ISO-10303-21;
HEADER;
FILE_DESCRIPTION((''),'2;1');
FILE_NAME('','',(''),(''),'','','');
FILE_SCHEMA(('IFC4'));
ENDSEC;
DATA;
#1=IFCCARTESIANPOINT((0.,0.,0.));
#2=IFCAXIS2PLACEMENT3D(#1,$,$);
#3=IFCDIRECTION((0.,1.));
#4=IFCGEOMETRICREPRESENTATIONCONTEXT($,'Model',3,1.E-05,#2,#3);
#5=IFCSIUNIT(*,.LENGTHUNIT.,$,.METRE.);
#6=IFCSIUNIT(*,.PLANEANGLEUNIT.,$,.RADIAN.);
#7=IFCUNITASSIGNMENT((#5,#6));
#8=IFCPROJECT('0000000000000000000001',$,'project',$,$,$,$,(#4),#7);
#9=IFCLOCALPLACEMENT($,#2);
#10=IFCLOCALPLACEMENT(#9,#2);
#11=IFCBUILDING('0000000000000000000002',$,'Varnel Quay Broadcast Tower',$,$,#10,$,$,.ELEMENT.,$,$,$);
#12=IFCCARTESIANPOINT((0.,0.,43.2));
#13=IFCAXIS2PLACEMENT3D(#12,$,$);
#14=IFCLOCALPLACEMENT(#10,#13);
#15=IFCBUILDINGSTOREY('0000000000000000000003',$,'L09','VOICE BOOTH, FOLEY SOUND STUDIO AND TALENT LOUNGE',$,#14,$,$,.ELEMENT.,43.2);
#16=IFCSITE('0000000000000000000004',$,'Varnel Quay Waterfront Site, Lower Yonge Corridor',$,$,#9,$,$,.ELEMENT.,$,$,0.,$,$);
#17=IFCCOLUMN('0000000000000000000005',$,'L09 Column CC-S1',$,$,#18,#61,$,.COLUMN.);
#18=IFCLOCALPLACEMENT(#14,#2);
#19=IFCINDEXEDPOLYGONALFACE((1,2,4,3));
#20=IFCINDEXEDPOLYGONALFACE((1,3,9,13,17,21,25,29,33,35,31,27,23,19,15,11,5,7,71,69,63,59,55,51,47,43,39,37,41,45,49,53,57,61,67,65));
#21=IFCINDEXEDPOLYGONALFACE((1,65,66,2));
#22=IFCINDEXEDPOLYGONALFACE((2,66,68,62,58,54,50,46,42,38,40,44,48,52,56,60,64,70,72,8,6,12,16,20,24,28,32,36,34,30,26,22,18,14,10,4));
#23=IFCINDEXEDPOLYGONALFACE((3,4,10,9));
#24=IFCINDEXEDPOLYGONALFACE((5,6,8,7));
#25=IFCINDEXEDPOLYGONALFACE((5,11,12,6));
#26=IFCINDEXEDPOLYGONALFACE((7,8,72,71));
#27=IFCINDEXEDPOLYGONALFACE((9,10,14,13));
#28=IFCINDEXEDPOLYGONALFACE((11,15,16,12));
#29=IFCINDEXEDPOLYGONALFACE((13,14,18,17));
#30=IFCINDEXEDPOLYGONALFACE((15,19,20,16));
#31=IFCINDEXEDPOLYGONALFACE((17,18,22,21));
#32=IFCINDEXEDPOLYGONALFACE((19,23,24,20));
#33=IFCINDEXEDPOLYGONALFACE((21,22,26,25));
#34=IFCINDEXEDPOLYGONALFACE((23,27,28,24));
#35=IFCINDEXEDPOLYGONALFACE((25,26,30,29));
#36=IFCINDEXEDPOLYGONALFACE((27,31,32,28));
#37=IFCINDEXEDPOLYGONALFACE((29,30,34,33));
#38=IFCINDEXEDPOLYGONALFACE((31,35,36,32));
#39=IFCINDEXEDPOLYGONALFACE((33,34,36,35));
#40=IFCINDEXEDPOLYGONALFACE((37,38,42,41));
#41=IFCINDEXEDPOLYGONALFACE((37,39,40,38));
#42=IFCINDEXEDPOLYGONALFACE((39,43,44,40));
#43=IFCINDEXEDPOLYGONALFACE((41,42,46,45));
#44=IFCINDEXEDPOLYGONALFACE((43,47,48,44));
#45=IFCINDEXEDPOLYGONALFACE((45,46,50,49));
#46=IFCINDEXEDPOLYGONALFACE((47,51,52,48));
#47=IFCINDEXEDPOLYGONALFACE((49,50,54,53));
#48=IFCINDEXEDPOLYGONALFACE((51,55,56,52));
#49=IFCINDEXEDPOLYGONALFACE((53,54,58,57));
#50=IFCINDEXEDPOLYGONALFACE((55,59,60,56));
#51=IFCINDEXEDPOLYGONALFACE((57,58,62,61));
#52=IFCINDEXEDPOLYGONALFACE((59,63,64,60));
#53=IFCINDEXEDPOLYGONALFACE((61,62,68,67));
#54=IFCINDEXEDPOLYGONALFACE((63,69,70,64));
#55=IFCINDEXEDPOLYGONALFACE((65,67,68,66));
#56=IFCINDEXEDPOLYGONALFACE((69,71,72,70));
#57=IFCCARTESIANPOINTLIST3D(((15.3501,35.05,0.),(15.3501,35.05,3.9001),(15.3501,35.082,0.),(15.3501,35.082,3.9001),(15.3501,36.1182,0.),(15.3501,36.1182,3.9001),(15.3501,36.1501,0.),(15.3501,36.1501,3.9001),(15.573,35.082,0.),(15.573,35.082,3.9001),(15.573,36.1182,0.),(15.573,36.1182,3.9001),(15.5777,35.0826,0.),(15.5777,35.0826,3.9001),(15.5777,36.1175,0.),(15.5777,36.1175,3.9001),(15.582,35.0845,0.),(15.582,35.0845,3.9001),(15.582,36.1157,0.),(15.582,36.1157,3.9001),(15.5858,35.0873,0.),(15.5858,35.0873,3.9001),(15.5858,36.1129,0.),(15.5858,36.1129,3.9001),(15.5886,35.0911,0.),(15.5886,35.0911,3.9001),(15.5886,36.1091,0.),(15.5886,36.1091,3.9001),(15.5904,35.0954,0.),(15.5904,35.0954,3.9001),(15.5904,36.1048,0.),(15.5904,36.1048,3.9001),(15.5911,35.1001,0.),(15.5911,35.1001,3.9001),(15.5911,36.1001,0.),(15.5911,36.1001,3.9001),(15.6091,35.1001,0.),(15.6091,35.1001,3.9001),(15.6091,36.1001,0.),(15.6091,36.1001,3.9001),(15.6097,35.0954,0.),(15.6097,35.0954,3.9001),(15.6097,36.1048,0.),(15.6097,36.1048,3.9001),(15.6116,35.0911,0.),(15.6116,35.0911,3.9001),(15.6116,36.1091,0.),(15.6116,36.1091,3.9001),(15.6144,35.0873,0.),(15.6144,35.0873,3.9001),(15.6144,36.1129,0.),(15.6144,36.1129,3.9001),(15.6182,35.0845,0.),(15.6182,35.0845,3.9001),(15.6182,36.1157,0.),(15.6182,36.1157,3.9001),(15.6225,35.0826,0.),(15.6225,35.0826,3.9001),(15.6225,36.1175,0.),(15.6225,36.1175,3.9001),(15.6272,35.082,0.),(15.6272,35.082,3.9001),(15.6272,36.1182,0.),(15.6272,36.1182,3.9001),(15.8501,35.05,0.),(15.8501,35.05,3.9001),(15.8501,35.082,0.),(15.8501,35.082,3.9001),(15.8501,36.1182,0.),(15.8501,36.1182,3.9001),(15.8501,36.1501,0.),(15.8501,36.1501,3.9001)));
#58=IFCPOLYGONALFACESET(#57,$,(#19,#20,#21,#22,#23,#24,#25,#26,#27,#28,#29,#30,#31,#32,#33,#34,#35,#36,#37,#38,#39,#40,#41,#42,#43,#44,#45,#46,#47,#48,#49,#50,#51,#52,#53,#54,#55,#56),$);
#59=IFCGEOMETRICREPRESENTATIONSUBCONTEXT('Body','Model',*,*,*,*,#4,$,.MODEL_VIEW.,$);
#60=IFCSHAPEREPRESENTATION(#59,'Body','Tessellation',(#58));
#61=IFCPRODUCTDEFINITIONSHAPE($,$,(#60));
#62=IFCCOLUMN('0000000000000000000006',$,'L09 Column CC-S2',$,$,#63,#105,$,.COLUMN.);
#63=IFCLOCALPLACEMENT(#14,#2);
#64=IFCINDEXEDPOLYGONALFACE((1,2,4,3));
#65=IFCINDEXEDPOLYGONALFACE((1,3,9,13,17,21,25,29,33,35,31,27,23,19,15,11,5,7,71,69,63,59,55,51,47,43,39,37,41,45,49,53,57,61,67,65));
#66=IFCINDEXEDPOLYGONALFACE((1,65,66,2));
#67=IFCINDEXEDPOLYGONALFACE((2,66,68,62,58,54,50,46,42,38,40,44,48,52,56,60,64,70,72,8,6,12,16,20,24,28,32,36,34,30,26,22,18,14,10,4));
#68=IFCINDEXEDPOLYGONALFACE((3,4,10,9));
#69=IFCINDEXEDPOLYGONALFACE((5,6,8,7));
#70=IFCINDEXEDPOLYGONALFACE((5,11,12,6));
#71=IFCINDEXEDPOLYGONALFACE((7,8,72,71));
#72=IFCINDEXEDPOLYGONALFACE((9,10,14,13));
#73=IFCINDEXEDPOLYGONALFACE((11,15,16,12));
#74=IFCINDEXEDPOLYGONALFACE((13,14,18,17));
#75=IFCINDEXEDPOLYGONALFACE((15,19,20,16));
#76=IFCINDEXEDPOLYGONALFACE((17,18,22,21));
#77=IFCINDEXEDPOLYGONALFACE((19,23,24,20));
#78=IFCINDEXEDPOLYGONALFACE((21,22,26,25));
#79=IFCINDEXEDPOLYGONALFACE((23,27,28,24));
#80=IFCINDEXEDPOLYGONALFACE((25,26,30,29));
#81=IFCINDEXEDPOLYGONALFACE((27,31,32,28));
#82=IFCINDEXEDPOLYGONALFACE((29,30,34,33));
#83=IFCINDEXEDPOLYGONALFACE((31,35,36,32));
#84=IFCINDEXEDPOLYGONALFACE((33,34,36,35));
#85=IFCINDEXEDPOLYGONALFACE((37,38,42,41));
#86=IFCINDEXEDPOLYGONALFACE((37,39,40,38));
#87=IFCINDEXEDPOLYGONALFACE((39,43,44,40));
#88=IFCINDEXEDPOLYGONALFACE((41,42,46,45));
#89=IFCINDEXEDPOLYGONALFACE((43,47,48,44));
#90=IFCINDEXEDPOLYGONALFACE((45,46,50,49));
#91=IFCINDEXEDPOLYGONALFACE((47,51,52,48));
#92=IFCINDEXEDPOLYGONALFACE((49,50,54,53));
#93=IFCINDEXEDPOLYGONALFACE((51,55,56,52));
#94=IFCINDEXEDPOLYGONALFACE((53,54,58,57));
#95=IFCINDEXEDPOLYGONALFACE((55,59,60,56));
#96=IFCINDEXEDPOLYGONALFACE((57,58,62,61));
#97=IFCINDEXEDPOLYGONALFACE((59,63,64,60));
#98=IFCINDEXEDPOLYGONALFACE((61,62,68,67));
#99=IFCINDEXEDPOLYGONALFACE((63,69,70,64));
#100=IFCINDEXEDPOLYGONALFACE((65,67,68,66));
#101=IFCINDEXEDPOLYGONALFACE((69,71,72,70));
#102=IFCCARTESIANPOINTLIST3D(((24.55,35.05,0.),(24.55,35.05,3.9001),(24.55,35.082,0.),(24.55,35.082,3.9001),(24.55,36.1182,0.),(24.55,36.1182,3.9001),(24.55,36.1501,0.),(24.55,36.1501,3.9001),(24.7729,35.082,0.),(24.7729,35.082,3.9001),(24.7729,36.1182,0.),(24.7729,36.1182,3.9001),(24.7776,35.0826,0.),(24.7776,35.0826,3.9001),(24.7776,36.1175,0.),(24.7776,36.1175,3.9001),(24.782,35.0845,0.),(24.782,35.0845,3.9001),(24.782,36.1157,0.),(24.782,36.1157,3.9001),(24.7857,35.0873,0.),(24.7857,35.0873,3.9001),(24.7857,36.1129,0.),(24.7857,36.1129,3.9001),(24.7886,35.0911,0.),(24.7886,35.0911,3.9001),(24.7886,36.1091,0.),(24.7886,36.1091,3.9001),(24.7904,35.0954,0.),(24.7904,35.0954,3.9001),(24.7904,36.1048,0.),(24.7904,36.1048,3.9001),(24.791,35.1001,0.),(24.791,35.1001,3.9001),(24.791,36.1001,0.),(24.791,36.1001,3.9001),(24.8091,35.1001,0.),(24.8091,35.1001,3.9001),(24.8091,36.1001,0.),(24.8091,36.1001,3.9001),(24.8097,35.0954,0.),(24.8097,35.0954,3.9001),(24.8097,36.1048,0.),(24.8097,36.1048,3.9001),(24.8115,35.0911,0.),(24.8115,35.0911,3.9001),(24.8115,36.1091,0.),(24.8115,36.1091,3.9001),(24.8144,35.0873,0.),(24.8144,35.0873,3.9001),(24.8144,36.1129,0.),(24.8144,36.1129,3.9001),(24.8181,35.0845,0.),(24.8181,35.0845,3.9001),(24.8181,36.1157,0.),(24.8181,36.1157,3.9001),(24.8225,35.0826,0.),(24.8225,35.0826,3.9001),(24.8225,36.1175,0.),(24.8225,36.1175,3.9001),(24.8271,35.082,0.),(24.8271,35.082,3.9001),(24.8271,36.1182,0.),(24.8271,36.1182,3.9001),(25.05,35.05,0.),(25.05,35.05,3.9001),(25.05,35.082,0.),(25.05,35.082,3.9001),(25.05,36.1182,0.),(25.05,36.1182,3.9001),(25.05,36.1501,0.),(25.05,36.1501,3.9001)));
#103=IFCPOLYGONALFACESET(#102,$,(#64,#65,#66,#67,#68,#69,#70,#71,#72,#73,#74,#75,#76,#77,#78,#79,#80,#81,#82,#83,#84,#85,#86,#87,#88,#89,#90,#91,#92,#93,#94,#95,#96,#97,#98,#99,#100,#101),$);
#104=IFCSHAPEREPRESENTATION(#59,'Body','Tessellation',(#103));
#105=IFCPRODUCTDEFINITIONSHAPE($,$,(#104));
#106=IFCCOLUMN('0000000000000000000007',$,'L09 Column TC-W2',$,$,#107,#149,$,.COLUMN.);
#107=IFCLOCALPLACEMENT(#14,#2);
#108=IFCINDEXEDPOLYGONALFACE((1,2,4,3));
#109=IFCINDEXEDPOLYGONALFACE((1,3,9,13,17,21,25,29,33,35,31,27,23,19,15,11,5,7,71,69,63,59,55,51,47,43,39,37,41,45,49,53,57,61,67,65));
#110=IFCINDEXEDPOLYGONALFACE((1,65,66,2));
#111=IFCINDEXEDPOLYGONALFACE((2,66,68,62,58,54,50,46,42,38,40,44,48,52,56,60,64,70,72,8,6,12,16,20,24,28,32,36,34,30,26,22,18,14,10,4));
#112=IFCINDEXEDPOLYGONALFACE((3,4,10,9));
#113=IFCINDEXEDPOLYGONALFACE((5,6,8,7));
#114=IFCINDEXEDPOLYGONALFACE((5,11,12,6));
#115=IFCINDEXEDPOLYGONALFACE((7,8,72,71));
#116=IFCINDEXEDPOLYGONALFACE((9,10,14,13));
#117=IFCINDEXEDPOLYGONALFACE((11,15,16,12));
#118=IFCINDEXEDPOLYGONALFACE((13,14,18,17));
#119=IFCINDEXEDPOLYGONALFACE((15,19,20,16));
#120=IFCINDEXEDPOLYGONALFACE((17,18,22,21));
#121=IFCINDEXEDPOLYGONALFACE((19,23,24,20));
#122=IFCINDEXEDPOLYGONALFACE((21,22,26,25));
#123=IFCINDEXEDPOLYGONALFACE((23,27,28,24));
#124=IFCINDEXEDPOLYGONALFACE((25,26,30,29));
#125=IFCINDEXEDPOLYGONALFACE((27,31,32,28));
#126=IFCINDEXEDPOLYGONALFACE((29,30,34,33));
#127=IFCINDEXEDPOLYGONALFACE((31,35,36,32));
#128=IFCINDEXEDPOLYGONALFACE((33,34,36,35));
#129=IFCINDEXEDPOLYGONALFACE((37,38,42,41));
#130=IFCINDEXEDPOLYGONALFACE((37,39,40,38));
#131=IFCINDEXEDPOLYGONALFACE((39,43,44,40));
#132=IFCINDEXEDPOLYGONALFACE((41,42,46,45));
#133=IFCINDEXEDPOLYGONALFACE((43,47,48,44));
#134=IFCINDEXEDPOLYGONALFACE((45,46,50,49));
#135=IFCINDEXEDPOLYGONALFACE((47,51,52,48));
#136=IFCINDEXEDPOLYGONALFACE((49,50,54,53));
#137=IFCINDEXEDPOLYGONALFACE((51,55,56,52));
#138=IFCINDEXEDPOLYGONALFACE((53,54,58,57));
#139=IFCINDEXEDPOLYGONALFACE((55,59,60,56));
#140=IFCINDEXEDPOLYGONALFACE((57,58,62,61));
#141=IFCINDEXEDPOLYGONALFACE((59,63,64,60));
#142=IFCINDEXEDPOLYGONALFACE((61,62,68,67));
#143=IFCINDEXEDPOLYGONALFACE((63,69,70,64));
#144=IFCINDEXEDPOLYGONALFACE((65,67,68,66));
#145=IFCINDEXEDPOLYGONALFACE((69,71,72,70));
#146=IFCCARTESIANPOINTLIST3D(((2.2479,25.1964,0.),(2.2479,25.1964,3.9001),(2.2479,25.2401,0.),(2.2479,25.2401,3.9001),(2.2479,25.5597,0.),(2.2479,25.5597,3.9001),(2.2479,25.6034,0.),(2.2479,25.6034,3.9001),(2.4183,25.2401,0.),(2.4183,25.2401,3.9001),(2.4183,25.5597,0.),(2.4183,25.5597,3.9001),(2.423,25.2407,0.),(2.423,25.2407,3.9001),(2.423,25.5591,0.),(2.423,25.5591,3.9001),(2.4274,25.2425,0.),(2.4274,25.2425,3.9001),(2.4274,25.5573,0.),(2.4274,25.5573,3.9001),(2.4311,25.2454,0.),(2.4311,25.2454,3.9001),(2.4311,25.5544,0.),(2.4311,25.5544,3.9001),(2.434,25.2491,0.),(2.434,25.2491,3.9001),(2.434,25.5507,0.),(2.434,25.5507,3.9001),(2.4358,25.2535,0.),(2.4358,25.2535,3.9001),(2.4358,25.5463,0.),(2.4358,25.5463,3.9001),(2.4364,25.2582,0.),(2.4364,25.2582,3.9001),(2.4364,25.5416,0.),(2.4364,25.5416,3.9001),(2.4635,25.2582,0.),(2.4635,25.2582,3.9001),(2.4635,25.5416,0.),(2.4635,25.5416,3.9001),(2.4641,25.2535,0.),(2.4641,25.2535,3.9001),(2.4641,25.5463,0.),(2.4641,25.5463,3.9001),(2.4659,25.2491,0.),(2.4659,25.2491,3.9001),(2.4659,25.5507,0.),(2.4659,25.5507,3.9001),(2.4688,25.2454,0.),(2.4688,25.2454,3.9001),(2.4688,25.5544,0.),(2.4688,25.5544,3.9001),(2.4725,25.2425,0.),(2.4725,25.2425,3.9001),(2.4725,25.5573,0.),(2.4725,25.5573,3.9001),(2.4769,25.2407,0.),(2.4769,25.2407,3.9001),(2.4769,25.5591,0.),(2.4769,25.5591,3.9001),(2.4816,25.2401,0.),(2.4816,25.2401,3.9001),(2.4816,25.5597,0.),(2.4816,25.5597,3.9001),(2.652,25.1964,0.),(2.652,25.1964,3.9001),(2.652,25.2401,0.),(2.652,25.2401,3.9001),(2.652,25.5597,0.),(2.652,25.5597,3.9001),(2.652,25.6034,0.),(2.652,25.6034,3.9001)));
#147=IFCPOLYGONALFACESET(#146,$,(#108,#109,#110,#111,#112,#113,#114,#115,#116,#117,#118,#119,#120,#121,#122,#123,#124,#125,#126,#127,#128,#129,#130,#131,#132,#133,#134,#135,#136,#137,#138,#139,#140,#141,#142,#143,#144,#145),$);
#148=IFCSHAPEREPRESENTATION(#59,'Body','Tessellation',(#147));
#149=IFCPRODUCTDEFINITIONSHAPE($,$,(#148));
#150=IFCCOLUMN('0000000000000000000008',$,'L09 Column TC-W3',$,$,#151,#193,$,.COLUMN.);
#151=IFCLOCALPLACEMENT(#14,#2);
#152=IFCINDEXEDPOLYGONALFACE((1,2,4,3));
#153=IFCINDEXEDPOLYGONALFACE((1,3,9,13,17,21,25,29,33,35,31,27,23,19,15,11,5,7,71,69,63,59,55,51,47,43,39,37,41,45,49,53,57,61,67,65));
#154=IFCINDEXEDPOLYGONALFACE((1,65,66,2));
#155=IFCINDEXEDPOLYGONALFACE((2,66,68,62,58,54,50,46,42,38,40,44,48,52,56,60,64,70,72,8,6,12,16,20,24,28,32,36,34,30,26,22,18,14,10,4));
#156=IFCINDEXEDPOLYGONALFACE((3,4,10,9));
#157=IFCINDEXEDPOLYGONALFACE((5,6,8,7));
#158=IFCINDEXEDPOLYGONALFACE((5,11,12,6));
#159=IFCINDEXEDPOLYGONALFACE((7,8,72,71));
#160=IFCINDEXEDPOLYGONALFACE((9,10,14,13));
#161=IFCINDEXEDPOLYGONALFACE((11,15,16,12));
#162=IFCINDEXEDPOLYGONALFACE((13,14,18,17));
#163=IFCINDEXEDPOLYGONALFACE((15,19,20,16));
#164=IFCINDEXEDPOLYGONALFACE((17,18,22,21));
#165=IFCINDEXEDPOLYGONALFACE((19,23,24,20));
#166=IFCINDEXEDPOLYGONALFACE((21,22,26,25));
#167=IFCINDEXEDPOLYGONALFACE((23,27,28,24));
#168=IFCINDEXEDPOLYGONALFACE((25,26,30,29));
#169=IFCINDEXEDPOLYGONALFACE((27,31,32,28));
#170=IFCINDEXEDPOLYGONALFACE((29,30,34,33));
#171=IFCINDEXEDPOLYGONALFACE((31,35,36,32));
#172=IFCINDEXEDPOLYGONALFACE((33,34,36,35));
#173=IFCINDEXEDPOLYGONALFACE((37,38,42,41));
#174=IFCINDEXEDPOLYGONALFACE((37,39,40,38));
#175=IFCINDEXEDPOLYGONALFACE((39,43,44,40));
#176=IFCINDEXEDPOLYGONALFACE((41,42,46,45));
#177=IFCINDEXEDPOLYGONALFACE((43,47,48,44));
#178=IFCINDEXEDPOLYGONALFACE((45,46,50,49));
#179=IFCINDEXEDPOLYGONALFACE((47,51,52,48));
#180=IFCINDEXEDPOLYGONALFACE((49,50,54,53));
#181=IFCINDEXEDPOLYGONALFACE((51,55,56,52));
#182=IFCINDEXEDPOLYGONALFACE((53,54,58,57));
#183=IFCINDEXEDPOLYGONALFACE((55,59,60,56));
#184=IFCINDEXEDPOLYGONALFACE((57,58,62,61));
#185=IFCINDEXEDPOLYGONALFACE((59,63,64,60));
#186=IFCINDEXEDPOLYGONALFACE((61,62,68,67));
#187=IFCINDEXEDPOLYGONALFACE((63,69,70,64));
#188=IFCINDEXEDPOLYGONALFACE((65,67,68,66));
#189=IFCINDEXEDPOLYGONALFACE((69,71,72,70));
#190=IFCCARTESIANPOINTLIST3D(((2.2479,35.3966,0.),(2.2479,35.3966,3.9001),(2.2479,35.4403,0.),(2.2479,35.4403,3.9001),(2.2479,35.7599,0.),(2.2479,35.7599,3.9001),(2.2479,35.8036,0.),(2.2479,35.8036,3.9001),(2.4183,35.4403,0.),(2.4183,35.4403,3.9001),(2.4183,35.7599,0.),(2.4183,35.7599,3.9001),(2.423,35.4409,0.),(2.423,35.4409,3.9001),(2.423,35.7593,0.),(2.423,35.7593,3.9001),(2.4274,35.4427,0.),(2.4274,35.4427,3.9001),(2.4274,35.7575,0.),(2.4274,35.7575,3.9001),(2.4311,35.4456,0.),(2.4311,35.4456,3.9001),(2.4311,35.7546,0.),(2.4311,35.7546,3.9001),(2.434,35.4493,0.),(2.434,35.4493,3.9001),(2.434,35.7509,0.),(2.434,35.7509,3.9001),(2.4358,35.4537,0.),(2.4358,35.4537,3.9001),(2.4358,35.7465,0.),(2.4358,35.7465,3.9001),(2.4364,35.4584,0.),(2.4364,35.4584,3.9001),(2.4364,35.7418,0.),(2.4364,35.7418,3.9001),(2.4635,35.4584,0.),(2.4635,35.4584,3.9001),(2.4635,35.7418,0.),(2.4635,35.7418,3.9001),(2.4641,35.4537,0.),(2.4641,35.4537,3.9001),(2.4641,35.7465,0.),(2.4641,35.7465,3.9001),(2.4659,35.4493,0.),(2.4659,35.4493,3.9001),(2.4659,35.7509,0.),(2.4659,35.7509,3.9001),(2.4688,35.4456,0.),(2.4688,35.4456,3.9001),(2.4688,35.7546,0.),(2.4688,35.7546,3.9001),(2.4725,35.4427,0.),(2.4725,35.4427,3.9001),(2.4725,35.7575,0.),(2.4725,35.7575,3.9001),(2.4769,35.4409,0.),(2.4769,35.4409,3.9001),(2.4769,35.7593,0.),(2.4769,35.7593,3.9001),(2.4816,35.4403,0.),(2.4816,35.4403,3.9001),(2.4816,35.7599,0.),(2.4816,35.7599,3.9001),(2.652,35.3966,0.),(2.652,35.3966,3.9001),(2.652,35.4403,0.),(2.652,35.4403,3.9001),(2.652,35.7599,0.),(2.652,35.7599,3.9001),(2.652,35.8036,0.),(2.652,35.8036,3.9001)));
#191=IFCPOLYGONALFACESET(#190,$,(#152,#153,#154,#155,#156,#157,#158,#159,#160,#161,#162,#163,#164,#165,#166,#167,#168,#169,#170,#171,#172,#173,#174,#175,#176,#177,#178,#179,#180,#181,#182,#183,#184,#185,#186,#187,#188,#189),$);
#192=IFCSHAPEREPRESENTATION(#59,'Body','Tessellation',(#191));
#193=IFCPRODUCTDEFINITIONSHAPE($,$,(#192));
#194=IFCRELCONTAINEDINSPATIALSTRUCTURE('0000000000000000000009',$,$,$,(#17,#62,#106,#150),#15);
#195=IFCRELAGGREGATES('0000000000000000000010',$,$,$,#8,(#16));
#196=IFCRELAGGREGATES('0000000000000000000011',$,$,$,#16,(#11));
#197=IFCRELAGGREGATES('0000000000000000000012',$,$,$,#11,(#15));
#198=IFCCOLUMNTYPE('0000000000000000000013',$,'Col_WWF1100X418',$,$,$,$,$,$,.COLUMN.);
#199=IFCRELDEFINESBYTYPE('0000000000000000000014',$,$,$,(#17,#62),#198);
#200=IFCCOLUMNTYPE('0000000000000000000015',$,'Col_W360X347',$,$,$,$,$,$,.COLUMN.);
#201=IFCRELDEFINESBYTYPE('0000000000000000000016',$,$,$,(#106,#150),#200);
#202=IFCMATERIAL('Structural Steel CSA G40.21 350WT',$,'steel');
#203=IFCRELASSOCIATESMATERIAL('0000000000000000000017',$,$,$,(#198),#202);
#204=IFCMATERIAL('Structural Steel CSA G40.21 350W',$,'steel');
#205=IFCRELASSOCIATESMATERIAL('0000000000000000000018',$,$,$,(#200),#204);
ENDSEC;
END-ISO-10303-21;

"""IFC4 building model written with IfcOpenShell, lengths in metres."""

from ifc_helpers import new_model, si_unit, direction, frame, origin, origin_2d, place, context, subcontext, project, spatial, i_section, extrude, source, transform, mapped, material, material_profile, profile_set, type_object, type_shapes, element, save


model = new_model("IFC4")

# Units and contexts
model_context = context("Model", 3, precision=1e-05, world=origin(), true_north=direction((0.0, 1.0)))
body_context = subcontext(model_context, "Body", "Model", "MODEL_VIEW")
ifc_project = project(units=[si_unit("LENGTHUNIT", "METRE"), si_unit("PLANEANGLEUNIT", "RADIAN")], contexts=[model_context])

# Site, building, storey
site_placement = place(None, origin())
site = spatial("IfcSite", under=ifc_project, at=site_placement, Name="Varnel Quay Waterfront Site, Lower Yonge Corridor", CompositionType="ELEMENT", RefElevation=0.0)
building_placement = place(site_placement, origin())
building = spatial("IfcBuilding", under=site, at=building_placement, Name="Varnel Quay Broadcast Tower", CompositionType="ELEMENT")
storey_placement = place(building_placement, frame((0.0, 0.0, 43.2)))
storey = spatial("IfcBuildingStorey", under=building, at=storey_placement, Name="L09", Description="VOICE BOOTH, FOLEY SOUND STUDIO AND TALENT LOUNGE", CompositionType="ELEMENT", Elevation=43.2)

# Columns
ifc_material_1 = material(Name="Structural Steel CSA G40.21 350WT", Category="steel")
ifc_material_profile_1 = material_profile(ifc_material_1, i_section(OverallWidth=0.5, OverallDepth=1.1001, WebThickness=0.0181, FlangeThickness=0.032, FilletRadius=0.0181, at=origin_2d()), Name="WWF1100X418")
ifc_profile_set_1 = profile_set([ifc_material_profile_1], Name="Structural Steel CSA G40.21 350WT")
column_type_1 = type_object("IfcColumnType", Name="Col_WWF1100X418", PredefinedType="COLUMN", material=ifc_profile_set_1)
shared_shape_1 = source(origin(), body_context, "Body", "SweptSolid", [
    extrude(i_section(OverallWidth=0.5, OverallDepth=1.1001, WebThickness=0.0181, FlangeThickness=0.032, FilletRadius=0.0181, at=origin_2d()), origin(), (0.0, 0.0, 1.0), 3.9001),
])
type_shapes(column_type_1, [shared_shape_1])
for number, where, z_axis, x_axis, name in (
    (1, (15.6001, 35.6001, 0.0), (0.0, 0.0, 1.0), (1.0, 0.0, 0.0), "L09 Column CC-S1"),
    (2, (24.8, 35.6001, 0.0), (0.0, 0.0, 1.0), (1.0, 0.0, 0.0), "L09 Column CC-S2"),
):
    element("IfcColumn", number, at=place(storey_placement, frame(where, z_axis=z_axis, x_axis=x_axis)), inside=storey, type_object=column_type_1, Name=name, PredefinedType="COLUMN", context=body_context, shape_type="MappedRepresentation", body=[
        mapped(shared_shape_1, transform((0.0, 0.0, 0.0), x_axis=(1.0, 0.0, 0.0), y_axis=(0.0, 1.0, 0.0), z_axis=(0.0, 0.0, 1.0), scale=1.0)),
    ])
ifc_material_2 = material(Name="Structural Steel CSA G40.21 350W", Category="steel")
ifc_material_profile_2 = material_profile(ifc_material_2, i_section(OverallWidth=0.4041, OverallDepth=0.407, WebThickness=0.0271, FlangeThickness=0.0437, FilletRadius=0.0181, at=origin_2d()), Name="W360X347")
ifc_profile_set_2 = profile_set([ifc_material_profile_2], Name="Structural Steel CSA G40.21 350W")
column_type_2 = type_object("IfcColumnType", Name="Col_W360X347", PredefinedType="COLUMN", material=ifc_profile_set_2)
shared_shape_2 = source(origin(), body_context, "Body", "SweptSolid", [
    extrude(i_section(OverallWidth=0.4041, OverallDepth=0.407, WebThickness=0.0271, FlangeThickness=0.0437, FilletRadius=0.0181, at=origin_2d()), origin(), (0.0, 0.0, 1.0), 3.9001),
])
type_shapes(column_type_2, [shared_shape_2])
for number, where, z_axis, x_axis, name in (
    (3, (2.45, 25.3999, 0.0), (0.0, 0.0, 1.0), (1.0, 0.0, 0.0), "L09 Column TC-W2"),
    (4, (2.45, 35.6001, 0.0), (0.0, 0.0, 1.0), (1.0, 0.0, 0.0), "L09 Column TC-W3"),
):
    element("IfcColumn", number, at=place(storey_placement, frame(where, z_axis=z_axis, x_axis=x_axis)), inside=storey, type_object=column_type_2, Name=name, PredefinedType="COLUMN", context=body_context, shape_type="MappedRepresentation", body=[
        mapped(shared_shape_2, transform((0.0, 0.0, 0.0), x_axis=(1.0, 0.0, 0.0), y_axis=(0.0, 1.0, 0.0), z_axis=(0.0, 0.0, 1.0), scale=1.0)),
    ])

save(model, "model.ifc")
